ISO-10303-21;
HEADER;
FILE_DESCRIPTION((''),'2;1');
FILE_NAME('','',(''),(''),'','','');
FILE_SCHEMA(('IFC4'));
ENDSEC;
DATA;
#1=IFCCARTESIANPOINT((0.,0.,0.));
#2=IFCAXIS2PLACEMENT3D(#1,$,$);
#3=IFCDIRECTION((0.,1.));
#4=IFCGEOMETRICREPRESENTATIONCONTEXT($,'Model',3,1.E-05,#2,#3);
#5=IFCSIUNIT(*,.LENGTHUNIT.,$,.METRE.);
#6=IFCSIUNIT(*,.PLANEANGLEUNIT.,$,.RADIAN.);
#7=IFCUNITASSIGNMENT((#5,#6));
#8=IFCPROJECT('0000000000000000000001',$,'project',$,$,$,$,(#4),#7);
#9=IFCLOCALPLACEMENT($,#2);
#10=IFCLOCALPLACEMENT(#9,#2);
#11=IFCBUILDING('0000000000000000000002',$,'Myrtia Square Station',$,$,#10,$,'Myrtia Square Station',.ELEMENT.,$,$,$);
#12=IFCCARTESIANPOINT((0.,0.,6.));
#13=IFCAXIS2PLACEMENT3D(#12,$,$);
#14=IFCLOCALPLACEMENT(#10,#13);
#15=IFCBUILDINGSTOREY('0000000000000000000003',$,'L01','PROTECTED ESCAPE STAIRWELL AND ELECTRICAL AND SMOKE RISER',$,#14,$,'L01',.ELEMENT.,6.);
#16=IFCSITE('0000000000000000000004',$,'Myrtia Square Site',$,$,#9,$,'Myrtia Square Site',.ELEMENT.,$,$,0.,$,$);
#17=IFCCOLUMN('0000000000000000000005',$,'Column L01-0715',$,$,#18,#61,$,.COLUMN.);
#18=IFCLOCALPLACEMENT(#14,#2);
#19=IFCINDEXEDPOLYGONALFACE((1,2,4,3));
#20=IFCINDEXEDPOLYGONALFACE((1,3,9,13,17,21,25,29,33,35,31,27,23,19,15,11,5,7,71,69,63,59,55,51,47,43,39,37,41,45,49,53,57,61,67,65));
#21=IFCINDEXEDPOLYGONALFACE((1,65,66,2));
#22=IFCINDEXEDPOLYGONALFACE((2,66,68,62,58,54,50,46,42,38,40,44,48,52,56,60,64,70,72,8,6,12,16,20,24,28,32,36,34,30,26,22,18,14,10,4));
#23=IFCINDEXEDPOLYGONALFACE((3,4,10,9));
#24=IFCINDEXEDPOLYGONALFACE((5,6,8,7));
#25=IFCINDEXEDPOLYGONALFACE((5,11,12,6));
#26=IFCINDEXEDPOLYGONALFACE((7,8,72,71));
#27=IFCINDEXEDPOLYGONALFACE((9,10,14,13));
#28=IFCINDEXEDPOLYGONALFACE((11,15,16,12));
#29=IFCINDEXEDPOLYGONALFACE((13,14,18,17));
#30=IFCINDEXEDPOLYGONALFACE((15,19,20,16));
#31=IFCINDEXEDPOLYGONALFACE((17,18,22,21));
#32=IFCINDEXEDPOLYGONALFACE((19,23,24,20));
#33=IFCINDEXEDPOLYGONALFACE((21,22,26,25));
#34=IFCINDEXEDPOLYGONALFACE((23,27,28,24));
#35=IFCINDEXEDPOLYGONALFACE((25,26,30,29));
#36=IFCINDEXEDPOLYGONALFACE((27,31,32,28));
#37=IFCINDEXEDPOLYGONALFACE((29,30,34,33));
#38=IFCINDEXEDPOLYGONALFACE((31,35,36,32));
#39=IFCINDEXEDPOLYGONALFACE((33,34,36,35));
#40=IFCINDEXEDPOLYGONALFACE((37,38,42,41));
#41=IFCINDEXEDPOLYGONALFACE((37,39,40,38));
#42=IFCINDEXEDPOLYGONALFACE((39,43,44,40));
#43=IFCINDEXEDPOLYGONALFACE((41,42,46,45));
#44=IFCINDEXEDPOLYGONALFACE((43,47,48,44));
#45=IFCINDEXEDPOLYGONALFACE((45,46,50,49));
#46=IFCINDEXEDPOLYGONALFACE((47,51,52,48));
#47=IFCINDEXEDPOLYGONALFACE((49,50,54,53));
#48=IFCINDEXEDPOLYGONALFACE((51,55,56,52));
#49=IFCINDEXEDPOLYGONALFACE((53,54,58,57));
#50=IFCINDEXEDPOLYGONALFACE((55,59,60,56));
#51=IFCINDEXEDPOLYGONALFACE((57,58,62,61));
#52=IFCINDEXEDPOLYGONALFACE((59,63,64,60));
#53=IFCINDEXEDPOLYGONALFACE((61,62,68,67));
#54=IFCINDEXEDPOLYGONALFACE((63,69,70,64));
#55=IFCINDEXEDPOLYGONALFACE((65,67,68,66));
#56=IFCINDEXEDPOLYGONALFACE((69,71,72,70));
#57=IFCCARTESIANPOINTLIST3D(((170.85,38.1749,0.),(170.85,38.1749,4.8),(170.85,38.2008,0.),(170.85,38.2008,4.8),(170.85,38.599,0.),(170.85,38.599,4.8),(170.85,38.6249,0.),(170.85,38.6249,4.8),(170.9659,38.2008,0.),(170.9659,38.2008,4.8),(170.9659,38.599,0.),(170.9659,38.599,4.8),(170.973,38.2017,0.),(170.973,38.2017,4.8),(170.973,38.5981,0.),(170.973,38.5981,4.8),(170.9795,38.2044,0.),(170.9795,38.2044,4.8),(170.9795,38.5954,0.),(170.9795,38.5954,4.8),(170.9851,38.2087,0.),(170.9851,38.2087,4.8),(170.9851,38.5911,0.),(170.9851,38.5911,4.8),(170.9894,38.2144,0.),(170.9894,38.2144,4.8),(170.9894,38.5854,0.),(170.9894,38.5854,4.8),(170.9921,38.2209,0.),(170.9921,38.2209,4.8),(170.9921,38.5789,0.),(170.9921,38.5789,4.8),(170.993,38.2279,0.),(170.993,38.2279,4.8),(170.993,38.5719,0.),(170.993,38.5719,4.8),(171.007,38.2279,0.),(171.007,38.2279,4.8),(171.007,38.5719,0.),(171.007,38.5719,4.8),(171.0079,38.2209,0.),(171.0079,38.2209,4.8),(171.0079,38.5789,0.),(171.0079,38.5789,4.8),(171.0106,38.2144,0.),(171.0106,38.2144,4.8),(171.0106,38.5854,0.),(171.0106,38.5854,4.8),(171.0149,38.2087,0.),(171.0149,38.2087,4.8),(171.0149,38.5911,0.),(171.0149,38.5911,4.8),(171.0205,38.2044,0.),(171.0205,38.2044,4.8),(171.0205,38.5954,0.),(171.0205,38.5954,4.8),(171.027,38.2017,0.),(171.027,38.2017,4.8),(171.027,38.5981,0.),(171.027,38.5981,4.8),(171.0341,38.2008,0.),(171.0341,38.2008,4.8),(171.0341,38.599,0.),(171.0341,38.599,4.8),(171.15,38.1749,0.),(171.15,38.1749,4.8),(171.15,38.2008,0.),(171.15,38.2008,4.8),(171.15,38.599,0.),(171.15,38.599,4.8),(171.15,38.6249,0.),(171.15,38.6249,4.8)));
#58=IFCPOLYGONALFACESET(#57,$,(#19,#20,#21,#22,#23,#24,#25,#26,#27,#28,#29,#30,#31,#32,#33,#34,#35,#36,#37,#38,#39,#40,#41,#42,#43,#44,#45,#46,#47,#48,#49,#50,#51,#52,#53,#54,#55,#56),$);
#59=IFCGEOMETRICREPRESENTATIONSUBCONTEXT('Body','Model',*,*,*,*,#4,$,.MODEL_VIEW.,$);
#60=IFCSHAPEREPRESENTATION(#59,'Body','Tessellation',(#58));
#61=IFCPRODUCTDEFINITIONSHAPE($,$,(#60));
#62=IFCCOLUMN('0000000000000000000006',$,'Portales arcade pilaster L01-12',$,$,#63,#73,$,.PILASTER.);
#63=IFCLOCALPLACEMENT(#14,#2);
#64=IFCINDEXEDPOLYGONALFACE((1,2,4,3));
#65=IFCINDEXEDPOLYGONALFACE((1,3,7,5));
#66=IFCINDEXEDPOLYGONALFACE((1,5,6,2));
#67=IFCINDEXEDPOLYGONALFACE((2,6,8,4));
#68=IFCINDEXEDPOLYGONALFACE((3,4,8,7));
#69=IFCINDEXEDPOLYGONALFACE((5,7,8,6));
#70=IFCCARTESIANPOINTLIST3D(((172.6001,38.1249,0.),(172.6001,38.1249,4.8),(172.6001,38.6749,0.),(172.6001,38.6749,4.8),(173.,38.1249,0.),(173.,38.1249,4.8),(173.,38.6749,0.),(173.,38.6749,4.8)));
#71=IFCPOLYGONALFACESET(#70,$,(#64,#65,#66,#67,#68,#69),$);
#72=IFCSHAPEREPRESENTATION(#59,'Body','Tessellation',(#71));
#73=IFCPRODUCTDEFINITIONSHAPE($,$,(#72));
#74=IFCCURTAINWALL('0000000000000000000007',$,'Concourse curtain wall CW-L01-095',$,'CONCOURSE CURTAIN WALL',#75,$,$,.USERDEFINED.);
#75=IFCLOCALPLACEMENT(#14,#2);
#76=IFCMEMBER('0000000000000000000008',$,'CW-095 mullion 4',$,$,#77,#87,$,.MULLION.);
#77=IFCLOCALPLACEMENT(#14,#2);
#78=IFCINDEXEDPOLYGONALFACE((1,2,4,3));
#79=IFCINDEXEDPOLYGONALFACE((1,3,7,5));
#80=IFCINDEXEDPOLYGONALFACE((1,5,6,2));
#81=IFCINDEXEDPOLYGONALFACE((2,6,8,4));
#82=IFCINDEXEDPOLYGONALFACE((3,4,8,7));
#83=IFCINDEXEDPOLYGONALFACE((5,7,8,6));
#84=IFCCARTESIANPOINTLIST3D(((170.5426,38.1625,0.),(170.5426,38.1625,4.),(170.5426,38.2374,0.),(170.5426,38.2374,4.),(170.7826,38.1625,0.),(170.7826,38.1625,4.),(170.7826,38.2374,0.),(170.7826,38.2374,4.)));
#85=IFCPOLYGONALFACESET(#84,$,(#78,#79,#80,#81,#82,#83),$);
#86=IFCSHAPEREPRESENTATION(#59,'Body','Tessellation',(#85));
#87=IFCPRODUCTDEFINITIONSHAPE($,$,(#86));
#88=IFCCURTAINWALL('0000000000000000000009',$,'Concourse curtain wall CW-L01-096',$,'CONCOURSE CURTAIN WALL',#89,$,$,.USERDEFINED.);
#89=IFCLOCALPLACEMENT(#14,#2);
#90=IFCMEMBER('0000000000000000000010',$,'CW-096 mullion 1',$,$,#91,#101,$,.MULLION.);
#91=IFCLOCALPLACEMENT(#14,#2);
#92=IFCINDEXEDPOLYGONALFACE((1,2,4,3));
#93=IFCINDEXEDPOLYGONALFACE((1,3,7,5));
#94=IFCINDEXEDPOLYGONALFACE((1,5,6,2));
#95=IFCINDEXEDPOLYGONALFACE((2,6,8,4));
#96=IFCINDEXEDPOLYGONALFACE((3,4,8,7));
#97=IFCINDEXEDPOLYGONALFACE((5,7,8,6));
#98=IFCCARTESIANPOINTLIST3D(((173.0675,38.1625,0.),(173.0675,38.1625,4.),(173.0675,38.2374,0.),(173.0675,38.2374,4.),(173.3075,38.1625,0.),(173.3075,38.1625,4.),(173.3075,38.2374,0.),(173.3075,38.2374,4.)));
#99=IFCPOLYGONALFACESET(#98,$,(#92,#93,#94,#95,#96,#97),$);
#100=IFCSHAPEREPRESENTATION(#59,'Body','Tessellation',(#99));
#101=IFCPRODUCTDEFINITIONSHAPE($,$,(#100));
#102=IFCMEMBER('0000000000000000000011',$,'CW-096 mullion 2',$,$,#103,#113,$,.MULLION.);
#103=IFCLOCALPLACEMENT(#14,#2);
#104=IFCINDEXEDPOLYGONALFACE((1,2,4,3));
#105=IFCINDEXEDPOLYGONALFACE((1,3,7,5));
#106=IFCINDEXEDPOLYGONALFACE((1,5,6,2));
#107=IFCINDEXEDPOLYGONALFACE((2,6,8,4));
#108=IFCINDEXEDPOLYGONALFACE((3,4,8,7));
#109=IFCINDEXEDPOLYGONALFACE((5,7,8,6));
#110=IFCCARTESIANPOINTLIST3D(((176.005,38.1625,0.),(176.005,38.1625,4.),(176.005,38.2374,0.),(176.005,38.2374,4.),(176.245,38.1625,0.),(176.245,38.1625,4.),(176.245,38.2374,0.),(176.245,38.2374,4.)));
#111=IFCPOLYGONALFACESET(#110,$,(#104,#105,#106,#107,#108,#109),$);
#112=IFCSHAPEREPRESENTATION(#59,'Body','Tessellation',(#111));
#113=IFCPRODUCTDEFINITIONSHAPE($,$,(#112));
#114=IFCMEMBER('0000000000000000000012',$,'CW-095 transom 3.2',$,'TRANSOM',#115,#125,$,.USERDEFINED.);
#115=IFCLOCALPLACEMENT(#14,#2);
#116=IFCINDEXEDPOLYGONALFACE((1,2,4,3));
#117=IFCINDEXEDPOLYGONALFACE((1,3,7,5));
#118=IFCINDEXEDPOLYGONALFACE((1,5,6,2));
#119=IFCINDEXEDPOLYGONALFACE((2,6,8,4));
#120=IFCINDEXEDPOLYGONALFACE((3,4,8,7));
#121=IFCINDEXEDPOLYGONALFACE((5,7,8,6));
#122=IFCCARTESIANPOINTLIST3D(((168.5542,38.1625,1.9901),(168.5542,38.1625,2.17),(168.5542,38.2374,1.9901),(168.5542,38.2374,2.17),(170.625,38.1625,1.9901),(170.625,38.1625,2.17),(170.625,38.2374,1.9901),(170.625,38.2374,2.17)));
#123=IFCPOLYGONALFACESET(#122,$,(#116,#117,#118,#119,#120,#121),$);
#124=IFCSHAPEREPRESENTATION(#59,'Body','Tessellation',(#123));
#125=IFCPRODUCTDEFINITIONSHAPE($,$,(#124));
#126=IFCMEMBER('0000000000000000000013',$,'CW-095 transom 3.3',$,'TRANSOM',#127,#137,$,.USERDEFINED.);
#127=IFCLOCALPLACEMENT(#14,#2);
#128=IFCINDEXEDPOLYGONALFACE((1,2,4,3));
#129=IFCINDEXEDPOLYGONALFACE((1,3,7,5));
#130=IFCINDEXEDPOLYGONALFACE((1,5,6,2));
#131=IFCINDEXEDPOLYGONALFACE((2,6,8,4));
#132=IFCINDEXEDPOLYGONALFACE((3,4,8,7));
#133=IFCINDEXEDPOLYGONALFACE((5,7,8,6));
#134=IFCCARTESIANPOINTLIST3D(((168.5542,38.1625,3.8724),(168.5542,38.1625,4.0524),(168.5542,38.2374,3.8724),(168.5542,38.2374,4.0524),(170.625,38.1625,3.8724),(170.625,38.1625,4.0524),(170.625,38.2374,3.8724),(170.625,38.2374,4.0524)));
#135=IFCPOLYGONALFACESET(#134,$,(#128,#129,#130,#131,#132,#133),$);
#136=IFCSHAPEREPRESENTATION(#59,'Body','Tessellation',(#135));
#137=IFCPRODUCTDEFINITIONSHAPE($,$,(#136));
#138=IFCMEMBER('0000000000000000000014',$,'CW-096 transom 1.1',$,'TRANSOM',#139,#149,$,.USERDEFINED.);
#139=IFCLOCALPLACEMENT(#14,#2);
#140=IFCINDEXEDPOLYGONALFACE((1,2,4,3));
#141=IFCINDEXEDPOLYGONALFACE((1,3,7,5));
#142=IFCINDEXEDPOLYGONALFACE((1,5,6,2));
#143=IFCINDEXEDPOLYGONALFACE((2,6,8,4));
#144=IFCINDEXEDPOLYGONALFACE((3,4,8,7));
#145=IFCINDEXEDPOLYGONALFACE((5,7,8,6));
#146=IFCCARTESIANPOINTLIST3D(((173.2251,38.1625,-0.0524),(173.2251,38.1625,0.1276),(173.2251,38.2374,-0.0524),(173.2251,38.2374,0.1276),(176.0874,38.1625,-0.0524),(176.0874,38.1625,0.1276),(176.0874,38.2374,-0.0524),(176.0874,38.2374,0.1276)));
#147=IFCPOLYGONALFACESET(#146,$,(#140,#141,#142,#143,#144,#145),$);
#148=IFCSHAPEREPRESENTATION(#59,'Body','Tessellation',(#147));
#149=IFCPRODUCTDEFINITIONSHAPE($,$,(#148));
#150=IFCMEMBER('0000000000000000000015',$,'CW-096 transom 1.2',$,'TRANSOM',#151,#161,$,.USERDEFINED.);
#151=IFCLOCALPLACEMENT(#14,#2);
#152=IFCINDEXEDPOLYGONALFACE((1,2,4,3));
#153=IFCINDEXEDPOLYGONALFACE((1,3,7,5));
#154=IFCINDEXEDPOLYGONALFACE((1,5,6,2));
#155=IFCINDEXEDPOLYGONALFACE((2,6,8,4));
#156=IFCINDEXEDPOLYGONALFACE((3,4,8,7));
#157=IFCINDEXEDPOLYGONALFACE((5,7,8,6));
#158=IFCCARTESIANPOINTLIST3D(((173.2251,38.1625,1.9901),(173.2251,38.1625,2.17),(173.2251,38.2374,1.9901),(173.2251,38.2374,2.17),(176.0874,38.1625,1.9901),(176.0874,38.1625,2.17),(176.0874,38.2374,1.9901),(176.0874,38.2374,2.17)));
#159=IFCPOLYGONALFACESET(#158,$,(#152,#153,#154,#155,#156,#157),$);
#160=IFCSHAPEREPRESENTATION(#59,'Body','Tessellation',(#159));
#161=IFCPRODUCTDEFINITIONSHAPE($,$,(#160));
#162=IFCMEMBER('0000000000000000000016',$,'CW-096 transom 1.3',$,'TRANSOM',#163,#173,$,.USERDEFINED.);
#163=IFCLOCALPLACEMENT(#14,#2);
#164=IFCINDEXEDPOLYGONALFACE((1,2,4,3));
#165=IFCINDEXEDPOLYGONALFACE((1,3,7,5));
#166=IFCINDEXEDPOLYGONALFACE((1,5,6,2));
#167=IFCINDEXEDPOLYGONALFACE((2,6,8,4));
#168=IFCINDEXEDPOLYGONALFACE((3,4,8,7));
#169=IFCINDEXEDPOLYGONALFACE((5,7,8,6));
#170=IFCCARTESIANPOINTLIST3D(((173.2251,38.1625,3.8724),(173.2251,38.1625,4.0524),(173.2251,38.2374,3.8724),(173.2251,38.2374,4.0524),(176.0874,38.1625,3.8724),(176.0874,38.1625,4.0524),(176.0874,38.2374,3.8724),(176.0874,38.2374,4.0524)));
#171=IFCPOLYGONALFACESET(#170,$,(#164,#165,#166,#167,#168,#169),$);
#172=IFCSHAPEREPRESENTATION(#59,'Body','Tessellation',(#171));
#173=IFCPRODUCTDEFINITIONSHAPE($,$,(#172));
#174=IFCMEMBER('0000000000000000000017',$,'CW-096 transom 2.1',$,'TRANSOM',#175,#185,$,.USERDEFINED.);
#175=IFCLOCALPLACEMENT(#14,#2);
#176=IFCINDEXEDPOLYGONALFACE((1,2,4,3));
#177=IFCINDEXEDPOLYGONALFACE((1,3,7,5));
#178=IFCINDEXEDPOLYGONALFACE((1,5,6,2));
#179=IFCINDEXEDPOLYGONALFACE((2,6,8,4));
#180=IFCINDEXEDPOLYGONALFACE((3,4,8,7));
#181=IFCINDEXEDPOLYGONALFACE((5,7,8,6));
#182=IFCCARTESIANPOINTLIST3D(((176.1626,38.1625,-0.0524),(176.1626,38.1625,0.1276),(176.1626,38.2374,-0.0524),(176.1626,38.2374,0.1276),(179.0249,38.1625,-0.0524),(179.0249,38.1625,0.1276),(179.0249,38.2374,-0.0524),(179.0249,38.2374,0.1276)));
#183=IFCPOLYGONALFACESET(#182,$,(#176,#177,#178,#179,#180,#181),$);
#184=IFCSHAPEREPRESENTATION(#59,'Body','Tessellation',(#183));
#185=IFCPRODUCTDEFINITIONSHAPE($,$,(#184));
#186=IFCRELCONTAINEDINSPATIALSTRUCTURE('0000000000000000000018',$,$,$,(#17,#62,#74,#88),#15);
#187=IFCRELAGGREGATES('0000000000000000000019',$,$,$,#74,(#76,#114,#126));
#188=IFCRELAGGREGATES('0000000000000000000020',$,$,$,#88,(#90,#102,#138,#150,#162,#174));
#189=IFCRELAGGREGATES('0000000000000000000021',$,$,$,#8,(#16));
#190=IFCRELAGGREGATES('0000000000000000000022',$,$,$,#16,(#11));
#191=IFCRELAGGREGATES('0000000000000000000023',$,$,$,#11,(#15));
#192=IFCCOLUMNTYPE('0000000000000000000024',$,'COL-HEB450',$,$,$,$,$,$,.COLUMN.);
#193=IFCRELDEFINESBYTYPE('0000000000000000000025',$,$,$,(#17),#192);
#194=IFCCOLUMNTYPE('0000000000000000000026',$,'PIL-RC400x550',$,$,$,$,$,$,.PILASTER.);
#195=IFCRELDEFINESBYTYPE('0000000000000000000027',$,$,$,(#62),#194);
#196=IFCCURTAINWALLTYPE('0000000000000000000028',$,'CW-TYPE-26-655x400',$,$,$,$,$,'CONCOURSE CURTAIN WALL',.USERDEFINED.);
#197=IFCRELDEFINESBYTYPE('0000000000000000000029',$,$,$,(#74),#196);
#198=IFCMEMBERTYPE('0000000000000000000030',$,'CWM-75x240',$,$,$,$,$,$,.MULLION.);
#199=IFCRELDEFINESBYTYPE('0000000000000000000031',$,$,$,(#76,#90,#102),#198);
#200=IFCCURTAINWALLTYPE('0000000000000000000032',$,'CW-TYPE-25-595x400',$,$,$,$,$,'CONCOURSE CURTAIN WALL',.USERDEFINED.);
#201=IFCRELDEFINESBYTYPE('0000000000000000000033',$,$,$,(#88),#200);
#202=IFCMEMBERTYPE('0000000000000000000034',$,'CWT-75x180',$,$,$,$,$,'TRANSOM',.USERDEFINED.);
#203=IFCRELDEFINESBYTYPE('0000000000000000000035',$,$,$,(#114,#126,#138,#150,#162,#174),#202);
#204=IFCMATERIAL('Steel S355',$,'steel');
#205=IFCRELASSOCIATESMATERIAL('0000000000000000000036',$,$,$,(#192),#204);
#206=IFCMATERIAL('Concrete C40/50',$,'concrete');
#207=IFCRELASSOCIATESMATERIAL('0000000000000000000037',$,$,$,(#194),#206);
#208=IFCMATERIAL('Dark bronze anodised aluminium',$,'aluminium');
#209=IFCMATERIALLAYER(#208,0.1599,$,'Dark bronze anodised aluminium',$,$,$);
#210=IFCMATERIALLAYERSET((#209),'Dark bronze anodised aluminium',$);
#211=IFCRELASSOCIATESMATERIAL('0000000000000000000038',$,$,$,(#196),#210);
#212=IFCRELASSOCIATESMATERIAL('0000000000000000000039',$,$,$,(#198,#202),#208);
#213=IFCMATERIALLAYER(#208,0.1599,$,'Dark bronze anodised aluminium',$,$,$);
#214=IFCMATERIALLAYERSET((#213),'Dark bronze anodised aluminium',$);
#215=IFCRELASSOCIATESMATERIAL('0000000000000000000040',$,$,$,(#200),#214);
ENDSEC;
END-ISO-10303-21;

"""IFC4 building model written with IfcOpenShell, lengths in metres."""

from ifc_helpers import new_model, si_unit, direction, frame, origin, origin_2d, place, context, subcontext, project, spatial, rectangle, i_section, extrude, material, layer, layer_set, material_profile, profile_set, type_object, element, aggregate, save


model = new_model("IFC4")

# Units and contexts
model_context = context("Model", 3, precision=1e-05, world=origin(), true_north=direction((0.0, 1.0)))
body_context = subcontext(model_context, "Body", "Model", "MODEL_VIEW")
ifc_project = project(units=[si_unit("LENGTHUNIT", "METRE"), si_unit("PLANEANGLEUNIT", "RADIAN")], contexts=[model_context])

# Site, building, storey
site_placement = place(None, origin())
site = spatial("IfcSite", under=ifc_project, at=site_placement, Name="Myrtia Square Site", LongName="Myrtia Square Site", CompositionType="ELEMENT", RefElevation=0.0)
building_placement = place(site_placement, origin())
building = spatial("IfcBuilding", under=site, at=building_placement, Name="Myrtia Square Station", LongName="Myrtia Square Station", CompositionType="ELEMENT")
storey_placement = place(building_placement, frame((0.0, 0.0, 6.0)))
storey = spatial("IfcBuildingStorey", under=building, at=storey_placement, Name="L01", Description="PROTECTED ESCAPE STAIRWELL AND ELECTRICAL AND SMOKE RISER", LongName="L01", CompositionType="ELEMENT", Elevation=6.0)

# Columns
ifc_material_1 = material(Name="Steel S355", Category="steel")
ifc_material_profile_1 = material_profile(ifc_material_1, i_section(OverallWidth=0.3, OverallDepth=0.45, WebThickness=0.0139, FlangeThickness=0.0259, FilletRadius=0.0271, at=origin_2d()), Name="HEB 450")
ifc_profile_set_1 = profile_set([ifc_material_profile_1], Name="Steel S355")
column_type_1 = type_object("IfcColumnType", Name="COL-HEB450", PredefinedType="COLUMN", material=ifc_profile_set_1)
column_1_placement = place(storey_placement, frame((171.0, 38.3999, 0.0), z_axis=(0.0, 0.0, 1.0), x_axis=(1.0, 0.0, 0.0)))
element("IfcColumn", 1, at=column_1_placement, inside=storey, type_object=column_type_1, Name="Column L01-0715", PredefinedType="COLUMN", context=body_context, shape_type="SweptSolid", body=[
    extrude(i_section(OverallWidth=0.3, OverallDepth=0.45, WebThickness=0.0139, FlangeThickness=0.0259, FilletRadius=0.0271, at=origin_2d()), origin(), (0.0, 0.0, 1.0), 4.8),
])
ifc_material_2 = material(Name="Concrete C40/50", Category="concrete")
ifc_material_profile_2 = material_profile(ifc_material_2, rectangle(XDim=0.3999, YDim=0.55, at=origin_2d()), Name="PIL 400x550")
ifc_profile_set_2 = profile_set([ifc_material_profile_2], Name="Concrete C40/50")
column_type_2 = type_object("IfcColumnType", Name="PIL-RC400x550", PredefinedType="PILASTER", material=ifc_profile_set_2)
column_2_placement = place(storey_placement, frame((172.8, 38.3999, 0.0), z_axis=(0.0, 0.0, 1.0), x_axis=(1.0, 0.0, 0.0)))
element("IfcColumn", 2, at=column_2_placement, inside=storey, type_object=column_type_2, Name="Portales arcade pilaster L01-12", PredefinedType="PILASTER", context=body_context, shape_type="SweptSolid", body=[
    extrude(rectangle(XDim=0.3999, YDim=0.55, at=origin_2d()), origin(), (0.0, 0.0, 1.0), 4.8),
])

# Curtain wall, member
ifc_material_3 = material(Name="Dark bronze anodised aluminium", Category="aluminium")
ifc_layer_1 = layer(ifc_material_3, 0.1599, Name="Dark bronze anodised aluminium")
ifc_layer_set_1 = layer_set([ifc_layer_1], Name="Dark bronze anodised aluminium")
curtain_wall_type_1 = type_object("IfcCurtainWallType", Name="CW-TYPE-26-655x400", ElementType="CONCOURSE CURTAIN WALL", PredefinedType="USERDEFINED", material=ifc_layer_set_1)
curtain_wall_1_placement = place(storey_placement, origin())
curtain_wall_1 = element("IfcCurtainWall", 3, at=curtain_wall_1_placement, inside=storey, type_object=curtain_wall_type_1, Name="Concourse curtain wall CW-L01-095", ObjectType="CONCOURSE CURTAIN WALL", PredefinedType="USERDEFINED")
ifc_material_profile_3 = material_profile(ifc_material_3, rectangle(XDim=0.075, YDim=0.24, at=origin_2d()), Name="ALU-M 75x240")
ifc_profile_set_3 = profile_set([ifc_material_profile_3], Name="Dark bronze anodised aluminium")
member_type_1 = type_object("IfcMemberType", Name="CWM-75x240", PredefinedType="MULLION", material=ifc_profile_set_3)
member_1_placement = place(storey_placement, frame((170.6626, 38.2, 0.0), z_axis=(0.0, 0.0, 1.0), x_axis=(0.0, 1.0, 0.0)))
member_1 = element("IfcMember", 4, at=member_1_placement, type_object=member_type_1, Name="CW-095 mullion 4", PredefinedType="MULLION", context=body_context, shape_type="SweptSolid", body=[
    extrude(rectangle(XDim=0.075, YDim=0.24, at=origin_2d()), origin(), (0.0, 0.0, 1.0), 4.0),
])

# Curtain wall, members
ifc_layer_2 = layer(ifc_material_3, 0.1599, Name="Dark bronze anodised aluminium")
ifc_layer_set_2 = layer_set([ifc_layer_2], Name="Dark bronze anodised aluminium")
curtain_wall_type_2 = type_object("IfcCurtainWallType", Name="CW-TYPE-25-595x400", ElementType="CONCOURSE CURTAIN WALL", PredefinedType="USERDEFINED", material=ifc_layer_set_2)
curtain_wall_2_placement = place(storey_placement, origin())
curtain_wall_2 = element("IfcCurtainWall", 5, at=curtain_wall_2_placement, inside=storey, type_object=curtain_wall_type_2, Name="Concourse curtain wall CW-L01-096", ObjectType="CONCOURSE CURTAIN WALL", PredefinedType="USERDEFINED")
member_2_placement = place(storey_placement, frame((173.1875, 38.2, 0.0), z_axis=(0.0, 0.0, 1.0), x_axis=(0.0, 1.0, 0.0)))
member_2 = element("IfcMember", 6, at=member_2_placement, type_object=member_type_1, Name="CW-096 mullion 1", PredefinedType="MULLION", context=body_context, shape_type="SweptSolid", body=[
    extrude(rectangle(XDim=0.075, YDim=0.24, at=origin_2d()), origin(), (0.0, 0.0, 1.0), 4.0),
])
member_3_placement = place(storey_placement, frame((176.125, 38.2, 0.0), z_axis=(0.0, 0.0, 1.0), x_axis=(0.0, 1.0, 0.0)))
member_3 = element("IfcMember", 7, at=member_3_placement, type_object=member_type_1, Name="CW-096 mullion 2", PredefinedType="MULLION", context=body_context, shape_type="SweptSolid", body=[
    extrude(rectangle(XDim=0.075, YDim=0.24, at=origin_2d()), origin(), (0.0, 0.0, 1.0), 4.0),
])

# Members
ifc_material_profile_4 = material_profile(ifc_material_3, rectangle(XDim=0.075, YDim=0.1799, at=origin_2d()), Name="ALU-T 75x180")
ifc_profile_set_4 = profile_set([ifc_material_profile_4], Name="Dark bronze anodised aluminium")
member_type_2 = type_object("IfcMemberType", Name="CWT-75x180", ElementType="TRANSOM", PredefinedType="USERDEFINED", material=ifc_profile_set_4)
member_4_placement = place(storey_placement, frame((168.5542, 38.2, 2.0801), z_axis=(1.0, 0.0, 0.0), x_axis=(0.0, 1.0, 0.0)))
member_4 = element("IfcMember", 8, at=member_4_placement, type_object=member_type_2, Name="CW-095 transom 3.2", ObjectType="TRANSOM", PredefinedType="USERDEFINED", context=body_context, shape_type="SweptSolid", body=[
    extrude(rectangle(XDim=0.075, YDim=0.1799, at=origin_2d()), origin(), (0.0, 0.0, 1.0), 2.0708),
])
member_5_placement = place(storey_placement, frame((168.5542, 38.2, 3.9624), z_axis=(1.0, 0.0, 0.0), x_axis=(0.0, 1.0, 0.0)))
member_5 = element("IfcMember", 9, at=member_5_placement, type_object=member_type_2, Name="CW-095 transom 3.3", ObjectType="TRANSOM", PredefinedType="USERDEFINED", context=body_context, shape_type="SweptSolid", body=[
    extrude(rectangle(XDim=0.075, YDim=0.1799, at=origin_2d()), origin(), (0.0, 0.0, 1.0), 2.0708),
])
member_6_placement = place(storey_placement, frame((173.2251, 38.2, 0.0376), z_axis=(1.0, 0.0, 0.0), x_axis=(0.0, 1.0, 0.0)))
member_6 = element("IfcMember", 10, at=member_6_placement, type_object=member_type_2, Name="CW-096 transom 1.1", ObjectType="TRANSOM", PredefinedType="USERDEFINED", context=body_context, shape_type="SweptSolid", body=[
    extrude(rectangle(XDim=0.075, YDim=0.1799, at=origin_2d()), origin(), (0.0, 0.0, 1.0), 2.8623),
])
member_7_placement = place(storey_placement, frame((173.2251, 38.2, 2.0801), z_axis=(1.0, 0.0, 0.0), x_axis=(0.0, 1.0, 0.0)))
member_7 = element("IfcMember", 11, at=member_7_placement, type_object=member_type_2, Name="CW-096 transom 1.2", ObjectType="TRANSOM", PredefinedType="USERDEFINED", context=body_context, shape_type="SweptSolid", body=[
    extrude(rectangle(XDim=0.075, YDim=0.1799, at=origin_2d()), origin(), (0.0, 0.0, 1.0), 2.8623),
])
member_8_placement = place(storey_placement, frame((173.2251, 38.2, 3.9624), z_axis=(1.0, 0.0, 0.0), x_axis=(0.0, 1.0, 0.0)))
member_8 = element("IfcMember", 12, at=member_8_placement, type_object=member_type_2, Name="CW-096 transom 1.3", ObjectType="TRANSOM", PredefinedType="USERDEFINED", context=body_context, shape_type="SweptSolid", body=[
    extrude(rectangle(XDim=0.075, YDim=0.1799, at=origin_2d()), origin(), (0.0, 0.0, 1.0), 2.8623),
])
member_9_placement = place(storey_placement, frame((176.1626, 38.2, 0.0376), z_axis=(1.0, 0.0, 0.0), x_axis=(0.0, 1.0, 0.0)))
member_9 = element("IfcMember", 13, at=member_9_placement, type_object=member_type_2, Name="CW-096 transom 2.1", ObjectType="TRANSOM", PredefinedType="USERDEFINED", context=body_context, shape_type="SweptSolid", body=[
    extrude(rectangle(XDim=0.075, YDim=0.1799, at=origin_2d()), origin(), (0.0, 0.0, 1.0), 2.8623),
])

aggregate(curtain_wall_1, [member_1, member_4, member_5])
aggregate(curtain_wall_2, [member_2, member_3, member_6, member_7, member_8, member_9])

save(model, "model.ifc")
